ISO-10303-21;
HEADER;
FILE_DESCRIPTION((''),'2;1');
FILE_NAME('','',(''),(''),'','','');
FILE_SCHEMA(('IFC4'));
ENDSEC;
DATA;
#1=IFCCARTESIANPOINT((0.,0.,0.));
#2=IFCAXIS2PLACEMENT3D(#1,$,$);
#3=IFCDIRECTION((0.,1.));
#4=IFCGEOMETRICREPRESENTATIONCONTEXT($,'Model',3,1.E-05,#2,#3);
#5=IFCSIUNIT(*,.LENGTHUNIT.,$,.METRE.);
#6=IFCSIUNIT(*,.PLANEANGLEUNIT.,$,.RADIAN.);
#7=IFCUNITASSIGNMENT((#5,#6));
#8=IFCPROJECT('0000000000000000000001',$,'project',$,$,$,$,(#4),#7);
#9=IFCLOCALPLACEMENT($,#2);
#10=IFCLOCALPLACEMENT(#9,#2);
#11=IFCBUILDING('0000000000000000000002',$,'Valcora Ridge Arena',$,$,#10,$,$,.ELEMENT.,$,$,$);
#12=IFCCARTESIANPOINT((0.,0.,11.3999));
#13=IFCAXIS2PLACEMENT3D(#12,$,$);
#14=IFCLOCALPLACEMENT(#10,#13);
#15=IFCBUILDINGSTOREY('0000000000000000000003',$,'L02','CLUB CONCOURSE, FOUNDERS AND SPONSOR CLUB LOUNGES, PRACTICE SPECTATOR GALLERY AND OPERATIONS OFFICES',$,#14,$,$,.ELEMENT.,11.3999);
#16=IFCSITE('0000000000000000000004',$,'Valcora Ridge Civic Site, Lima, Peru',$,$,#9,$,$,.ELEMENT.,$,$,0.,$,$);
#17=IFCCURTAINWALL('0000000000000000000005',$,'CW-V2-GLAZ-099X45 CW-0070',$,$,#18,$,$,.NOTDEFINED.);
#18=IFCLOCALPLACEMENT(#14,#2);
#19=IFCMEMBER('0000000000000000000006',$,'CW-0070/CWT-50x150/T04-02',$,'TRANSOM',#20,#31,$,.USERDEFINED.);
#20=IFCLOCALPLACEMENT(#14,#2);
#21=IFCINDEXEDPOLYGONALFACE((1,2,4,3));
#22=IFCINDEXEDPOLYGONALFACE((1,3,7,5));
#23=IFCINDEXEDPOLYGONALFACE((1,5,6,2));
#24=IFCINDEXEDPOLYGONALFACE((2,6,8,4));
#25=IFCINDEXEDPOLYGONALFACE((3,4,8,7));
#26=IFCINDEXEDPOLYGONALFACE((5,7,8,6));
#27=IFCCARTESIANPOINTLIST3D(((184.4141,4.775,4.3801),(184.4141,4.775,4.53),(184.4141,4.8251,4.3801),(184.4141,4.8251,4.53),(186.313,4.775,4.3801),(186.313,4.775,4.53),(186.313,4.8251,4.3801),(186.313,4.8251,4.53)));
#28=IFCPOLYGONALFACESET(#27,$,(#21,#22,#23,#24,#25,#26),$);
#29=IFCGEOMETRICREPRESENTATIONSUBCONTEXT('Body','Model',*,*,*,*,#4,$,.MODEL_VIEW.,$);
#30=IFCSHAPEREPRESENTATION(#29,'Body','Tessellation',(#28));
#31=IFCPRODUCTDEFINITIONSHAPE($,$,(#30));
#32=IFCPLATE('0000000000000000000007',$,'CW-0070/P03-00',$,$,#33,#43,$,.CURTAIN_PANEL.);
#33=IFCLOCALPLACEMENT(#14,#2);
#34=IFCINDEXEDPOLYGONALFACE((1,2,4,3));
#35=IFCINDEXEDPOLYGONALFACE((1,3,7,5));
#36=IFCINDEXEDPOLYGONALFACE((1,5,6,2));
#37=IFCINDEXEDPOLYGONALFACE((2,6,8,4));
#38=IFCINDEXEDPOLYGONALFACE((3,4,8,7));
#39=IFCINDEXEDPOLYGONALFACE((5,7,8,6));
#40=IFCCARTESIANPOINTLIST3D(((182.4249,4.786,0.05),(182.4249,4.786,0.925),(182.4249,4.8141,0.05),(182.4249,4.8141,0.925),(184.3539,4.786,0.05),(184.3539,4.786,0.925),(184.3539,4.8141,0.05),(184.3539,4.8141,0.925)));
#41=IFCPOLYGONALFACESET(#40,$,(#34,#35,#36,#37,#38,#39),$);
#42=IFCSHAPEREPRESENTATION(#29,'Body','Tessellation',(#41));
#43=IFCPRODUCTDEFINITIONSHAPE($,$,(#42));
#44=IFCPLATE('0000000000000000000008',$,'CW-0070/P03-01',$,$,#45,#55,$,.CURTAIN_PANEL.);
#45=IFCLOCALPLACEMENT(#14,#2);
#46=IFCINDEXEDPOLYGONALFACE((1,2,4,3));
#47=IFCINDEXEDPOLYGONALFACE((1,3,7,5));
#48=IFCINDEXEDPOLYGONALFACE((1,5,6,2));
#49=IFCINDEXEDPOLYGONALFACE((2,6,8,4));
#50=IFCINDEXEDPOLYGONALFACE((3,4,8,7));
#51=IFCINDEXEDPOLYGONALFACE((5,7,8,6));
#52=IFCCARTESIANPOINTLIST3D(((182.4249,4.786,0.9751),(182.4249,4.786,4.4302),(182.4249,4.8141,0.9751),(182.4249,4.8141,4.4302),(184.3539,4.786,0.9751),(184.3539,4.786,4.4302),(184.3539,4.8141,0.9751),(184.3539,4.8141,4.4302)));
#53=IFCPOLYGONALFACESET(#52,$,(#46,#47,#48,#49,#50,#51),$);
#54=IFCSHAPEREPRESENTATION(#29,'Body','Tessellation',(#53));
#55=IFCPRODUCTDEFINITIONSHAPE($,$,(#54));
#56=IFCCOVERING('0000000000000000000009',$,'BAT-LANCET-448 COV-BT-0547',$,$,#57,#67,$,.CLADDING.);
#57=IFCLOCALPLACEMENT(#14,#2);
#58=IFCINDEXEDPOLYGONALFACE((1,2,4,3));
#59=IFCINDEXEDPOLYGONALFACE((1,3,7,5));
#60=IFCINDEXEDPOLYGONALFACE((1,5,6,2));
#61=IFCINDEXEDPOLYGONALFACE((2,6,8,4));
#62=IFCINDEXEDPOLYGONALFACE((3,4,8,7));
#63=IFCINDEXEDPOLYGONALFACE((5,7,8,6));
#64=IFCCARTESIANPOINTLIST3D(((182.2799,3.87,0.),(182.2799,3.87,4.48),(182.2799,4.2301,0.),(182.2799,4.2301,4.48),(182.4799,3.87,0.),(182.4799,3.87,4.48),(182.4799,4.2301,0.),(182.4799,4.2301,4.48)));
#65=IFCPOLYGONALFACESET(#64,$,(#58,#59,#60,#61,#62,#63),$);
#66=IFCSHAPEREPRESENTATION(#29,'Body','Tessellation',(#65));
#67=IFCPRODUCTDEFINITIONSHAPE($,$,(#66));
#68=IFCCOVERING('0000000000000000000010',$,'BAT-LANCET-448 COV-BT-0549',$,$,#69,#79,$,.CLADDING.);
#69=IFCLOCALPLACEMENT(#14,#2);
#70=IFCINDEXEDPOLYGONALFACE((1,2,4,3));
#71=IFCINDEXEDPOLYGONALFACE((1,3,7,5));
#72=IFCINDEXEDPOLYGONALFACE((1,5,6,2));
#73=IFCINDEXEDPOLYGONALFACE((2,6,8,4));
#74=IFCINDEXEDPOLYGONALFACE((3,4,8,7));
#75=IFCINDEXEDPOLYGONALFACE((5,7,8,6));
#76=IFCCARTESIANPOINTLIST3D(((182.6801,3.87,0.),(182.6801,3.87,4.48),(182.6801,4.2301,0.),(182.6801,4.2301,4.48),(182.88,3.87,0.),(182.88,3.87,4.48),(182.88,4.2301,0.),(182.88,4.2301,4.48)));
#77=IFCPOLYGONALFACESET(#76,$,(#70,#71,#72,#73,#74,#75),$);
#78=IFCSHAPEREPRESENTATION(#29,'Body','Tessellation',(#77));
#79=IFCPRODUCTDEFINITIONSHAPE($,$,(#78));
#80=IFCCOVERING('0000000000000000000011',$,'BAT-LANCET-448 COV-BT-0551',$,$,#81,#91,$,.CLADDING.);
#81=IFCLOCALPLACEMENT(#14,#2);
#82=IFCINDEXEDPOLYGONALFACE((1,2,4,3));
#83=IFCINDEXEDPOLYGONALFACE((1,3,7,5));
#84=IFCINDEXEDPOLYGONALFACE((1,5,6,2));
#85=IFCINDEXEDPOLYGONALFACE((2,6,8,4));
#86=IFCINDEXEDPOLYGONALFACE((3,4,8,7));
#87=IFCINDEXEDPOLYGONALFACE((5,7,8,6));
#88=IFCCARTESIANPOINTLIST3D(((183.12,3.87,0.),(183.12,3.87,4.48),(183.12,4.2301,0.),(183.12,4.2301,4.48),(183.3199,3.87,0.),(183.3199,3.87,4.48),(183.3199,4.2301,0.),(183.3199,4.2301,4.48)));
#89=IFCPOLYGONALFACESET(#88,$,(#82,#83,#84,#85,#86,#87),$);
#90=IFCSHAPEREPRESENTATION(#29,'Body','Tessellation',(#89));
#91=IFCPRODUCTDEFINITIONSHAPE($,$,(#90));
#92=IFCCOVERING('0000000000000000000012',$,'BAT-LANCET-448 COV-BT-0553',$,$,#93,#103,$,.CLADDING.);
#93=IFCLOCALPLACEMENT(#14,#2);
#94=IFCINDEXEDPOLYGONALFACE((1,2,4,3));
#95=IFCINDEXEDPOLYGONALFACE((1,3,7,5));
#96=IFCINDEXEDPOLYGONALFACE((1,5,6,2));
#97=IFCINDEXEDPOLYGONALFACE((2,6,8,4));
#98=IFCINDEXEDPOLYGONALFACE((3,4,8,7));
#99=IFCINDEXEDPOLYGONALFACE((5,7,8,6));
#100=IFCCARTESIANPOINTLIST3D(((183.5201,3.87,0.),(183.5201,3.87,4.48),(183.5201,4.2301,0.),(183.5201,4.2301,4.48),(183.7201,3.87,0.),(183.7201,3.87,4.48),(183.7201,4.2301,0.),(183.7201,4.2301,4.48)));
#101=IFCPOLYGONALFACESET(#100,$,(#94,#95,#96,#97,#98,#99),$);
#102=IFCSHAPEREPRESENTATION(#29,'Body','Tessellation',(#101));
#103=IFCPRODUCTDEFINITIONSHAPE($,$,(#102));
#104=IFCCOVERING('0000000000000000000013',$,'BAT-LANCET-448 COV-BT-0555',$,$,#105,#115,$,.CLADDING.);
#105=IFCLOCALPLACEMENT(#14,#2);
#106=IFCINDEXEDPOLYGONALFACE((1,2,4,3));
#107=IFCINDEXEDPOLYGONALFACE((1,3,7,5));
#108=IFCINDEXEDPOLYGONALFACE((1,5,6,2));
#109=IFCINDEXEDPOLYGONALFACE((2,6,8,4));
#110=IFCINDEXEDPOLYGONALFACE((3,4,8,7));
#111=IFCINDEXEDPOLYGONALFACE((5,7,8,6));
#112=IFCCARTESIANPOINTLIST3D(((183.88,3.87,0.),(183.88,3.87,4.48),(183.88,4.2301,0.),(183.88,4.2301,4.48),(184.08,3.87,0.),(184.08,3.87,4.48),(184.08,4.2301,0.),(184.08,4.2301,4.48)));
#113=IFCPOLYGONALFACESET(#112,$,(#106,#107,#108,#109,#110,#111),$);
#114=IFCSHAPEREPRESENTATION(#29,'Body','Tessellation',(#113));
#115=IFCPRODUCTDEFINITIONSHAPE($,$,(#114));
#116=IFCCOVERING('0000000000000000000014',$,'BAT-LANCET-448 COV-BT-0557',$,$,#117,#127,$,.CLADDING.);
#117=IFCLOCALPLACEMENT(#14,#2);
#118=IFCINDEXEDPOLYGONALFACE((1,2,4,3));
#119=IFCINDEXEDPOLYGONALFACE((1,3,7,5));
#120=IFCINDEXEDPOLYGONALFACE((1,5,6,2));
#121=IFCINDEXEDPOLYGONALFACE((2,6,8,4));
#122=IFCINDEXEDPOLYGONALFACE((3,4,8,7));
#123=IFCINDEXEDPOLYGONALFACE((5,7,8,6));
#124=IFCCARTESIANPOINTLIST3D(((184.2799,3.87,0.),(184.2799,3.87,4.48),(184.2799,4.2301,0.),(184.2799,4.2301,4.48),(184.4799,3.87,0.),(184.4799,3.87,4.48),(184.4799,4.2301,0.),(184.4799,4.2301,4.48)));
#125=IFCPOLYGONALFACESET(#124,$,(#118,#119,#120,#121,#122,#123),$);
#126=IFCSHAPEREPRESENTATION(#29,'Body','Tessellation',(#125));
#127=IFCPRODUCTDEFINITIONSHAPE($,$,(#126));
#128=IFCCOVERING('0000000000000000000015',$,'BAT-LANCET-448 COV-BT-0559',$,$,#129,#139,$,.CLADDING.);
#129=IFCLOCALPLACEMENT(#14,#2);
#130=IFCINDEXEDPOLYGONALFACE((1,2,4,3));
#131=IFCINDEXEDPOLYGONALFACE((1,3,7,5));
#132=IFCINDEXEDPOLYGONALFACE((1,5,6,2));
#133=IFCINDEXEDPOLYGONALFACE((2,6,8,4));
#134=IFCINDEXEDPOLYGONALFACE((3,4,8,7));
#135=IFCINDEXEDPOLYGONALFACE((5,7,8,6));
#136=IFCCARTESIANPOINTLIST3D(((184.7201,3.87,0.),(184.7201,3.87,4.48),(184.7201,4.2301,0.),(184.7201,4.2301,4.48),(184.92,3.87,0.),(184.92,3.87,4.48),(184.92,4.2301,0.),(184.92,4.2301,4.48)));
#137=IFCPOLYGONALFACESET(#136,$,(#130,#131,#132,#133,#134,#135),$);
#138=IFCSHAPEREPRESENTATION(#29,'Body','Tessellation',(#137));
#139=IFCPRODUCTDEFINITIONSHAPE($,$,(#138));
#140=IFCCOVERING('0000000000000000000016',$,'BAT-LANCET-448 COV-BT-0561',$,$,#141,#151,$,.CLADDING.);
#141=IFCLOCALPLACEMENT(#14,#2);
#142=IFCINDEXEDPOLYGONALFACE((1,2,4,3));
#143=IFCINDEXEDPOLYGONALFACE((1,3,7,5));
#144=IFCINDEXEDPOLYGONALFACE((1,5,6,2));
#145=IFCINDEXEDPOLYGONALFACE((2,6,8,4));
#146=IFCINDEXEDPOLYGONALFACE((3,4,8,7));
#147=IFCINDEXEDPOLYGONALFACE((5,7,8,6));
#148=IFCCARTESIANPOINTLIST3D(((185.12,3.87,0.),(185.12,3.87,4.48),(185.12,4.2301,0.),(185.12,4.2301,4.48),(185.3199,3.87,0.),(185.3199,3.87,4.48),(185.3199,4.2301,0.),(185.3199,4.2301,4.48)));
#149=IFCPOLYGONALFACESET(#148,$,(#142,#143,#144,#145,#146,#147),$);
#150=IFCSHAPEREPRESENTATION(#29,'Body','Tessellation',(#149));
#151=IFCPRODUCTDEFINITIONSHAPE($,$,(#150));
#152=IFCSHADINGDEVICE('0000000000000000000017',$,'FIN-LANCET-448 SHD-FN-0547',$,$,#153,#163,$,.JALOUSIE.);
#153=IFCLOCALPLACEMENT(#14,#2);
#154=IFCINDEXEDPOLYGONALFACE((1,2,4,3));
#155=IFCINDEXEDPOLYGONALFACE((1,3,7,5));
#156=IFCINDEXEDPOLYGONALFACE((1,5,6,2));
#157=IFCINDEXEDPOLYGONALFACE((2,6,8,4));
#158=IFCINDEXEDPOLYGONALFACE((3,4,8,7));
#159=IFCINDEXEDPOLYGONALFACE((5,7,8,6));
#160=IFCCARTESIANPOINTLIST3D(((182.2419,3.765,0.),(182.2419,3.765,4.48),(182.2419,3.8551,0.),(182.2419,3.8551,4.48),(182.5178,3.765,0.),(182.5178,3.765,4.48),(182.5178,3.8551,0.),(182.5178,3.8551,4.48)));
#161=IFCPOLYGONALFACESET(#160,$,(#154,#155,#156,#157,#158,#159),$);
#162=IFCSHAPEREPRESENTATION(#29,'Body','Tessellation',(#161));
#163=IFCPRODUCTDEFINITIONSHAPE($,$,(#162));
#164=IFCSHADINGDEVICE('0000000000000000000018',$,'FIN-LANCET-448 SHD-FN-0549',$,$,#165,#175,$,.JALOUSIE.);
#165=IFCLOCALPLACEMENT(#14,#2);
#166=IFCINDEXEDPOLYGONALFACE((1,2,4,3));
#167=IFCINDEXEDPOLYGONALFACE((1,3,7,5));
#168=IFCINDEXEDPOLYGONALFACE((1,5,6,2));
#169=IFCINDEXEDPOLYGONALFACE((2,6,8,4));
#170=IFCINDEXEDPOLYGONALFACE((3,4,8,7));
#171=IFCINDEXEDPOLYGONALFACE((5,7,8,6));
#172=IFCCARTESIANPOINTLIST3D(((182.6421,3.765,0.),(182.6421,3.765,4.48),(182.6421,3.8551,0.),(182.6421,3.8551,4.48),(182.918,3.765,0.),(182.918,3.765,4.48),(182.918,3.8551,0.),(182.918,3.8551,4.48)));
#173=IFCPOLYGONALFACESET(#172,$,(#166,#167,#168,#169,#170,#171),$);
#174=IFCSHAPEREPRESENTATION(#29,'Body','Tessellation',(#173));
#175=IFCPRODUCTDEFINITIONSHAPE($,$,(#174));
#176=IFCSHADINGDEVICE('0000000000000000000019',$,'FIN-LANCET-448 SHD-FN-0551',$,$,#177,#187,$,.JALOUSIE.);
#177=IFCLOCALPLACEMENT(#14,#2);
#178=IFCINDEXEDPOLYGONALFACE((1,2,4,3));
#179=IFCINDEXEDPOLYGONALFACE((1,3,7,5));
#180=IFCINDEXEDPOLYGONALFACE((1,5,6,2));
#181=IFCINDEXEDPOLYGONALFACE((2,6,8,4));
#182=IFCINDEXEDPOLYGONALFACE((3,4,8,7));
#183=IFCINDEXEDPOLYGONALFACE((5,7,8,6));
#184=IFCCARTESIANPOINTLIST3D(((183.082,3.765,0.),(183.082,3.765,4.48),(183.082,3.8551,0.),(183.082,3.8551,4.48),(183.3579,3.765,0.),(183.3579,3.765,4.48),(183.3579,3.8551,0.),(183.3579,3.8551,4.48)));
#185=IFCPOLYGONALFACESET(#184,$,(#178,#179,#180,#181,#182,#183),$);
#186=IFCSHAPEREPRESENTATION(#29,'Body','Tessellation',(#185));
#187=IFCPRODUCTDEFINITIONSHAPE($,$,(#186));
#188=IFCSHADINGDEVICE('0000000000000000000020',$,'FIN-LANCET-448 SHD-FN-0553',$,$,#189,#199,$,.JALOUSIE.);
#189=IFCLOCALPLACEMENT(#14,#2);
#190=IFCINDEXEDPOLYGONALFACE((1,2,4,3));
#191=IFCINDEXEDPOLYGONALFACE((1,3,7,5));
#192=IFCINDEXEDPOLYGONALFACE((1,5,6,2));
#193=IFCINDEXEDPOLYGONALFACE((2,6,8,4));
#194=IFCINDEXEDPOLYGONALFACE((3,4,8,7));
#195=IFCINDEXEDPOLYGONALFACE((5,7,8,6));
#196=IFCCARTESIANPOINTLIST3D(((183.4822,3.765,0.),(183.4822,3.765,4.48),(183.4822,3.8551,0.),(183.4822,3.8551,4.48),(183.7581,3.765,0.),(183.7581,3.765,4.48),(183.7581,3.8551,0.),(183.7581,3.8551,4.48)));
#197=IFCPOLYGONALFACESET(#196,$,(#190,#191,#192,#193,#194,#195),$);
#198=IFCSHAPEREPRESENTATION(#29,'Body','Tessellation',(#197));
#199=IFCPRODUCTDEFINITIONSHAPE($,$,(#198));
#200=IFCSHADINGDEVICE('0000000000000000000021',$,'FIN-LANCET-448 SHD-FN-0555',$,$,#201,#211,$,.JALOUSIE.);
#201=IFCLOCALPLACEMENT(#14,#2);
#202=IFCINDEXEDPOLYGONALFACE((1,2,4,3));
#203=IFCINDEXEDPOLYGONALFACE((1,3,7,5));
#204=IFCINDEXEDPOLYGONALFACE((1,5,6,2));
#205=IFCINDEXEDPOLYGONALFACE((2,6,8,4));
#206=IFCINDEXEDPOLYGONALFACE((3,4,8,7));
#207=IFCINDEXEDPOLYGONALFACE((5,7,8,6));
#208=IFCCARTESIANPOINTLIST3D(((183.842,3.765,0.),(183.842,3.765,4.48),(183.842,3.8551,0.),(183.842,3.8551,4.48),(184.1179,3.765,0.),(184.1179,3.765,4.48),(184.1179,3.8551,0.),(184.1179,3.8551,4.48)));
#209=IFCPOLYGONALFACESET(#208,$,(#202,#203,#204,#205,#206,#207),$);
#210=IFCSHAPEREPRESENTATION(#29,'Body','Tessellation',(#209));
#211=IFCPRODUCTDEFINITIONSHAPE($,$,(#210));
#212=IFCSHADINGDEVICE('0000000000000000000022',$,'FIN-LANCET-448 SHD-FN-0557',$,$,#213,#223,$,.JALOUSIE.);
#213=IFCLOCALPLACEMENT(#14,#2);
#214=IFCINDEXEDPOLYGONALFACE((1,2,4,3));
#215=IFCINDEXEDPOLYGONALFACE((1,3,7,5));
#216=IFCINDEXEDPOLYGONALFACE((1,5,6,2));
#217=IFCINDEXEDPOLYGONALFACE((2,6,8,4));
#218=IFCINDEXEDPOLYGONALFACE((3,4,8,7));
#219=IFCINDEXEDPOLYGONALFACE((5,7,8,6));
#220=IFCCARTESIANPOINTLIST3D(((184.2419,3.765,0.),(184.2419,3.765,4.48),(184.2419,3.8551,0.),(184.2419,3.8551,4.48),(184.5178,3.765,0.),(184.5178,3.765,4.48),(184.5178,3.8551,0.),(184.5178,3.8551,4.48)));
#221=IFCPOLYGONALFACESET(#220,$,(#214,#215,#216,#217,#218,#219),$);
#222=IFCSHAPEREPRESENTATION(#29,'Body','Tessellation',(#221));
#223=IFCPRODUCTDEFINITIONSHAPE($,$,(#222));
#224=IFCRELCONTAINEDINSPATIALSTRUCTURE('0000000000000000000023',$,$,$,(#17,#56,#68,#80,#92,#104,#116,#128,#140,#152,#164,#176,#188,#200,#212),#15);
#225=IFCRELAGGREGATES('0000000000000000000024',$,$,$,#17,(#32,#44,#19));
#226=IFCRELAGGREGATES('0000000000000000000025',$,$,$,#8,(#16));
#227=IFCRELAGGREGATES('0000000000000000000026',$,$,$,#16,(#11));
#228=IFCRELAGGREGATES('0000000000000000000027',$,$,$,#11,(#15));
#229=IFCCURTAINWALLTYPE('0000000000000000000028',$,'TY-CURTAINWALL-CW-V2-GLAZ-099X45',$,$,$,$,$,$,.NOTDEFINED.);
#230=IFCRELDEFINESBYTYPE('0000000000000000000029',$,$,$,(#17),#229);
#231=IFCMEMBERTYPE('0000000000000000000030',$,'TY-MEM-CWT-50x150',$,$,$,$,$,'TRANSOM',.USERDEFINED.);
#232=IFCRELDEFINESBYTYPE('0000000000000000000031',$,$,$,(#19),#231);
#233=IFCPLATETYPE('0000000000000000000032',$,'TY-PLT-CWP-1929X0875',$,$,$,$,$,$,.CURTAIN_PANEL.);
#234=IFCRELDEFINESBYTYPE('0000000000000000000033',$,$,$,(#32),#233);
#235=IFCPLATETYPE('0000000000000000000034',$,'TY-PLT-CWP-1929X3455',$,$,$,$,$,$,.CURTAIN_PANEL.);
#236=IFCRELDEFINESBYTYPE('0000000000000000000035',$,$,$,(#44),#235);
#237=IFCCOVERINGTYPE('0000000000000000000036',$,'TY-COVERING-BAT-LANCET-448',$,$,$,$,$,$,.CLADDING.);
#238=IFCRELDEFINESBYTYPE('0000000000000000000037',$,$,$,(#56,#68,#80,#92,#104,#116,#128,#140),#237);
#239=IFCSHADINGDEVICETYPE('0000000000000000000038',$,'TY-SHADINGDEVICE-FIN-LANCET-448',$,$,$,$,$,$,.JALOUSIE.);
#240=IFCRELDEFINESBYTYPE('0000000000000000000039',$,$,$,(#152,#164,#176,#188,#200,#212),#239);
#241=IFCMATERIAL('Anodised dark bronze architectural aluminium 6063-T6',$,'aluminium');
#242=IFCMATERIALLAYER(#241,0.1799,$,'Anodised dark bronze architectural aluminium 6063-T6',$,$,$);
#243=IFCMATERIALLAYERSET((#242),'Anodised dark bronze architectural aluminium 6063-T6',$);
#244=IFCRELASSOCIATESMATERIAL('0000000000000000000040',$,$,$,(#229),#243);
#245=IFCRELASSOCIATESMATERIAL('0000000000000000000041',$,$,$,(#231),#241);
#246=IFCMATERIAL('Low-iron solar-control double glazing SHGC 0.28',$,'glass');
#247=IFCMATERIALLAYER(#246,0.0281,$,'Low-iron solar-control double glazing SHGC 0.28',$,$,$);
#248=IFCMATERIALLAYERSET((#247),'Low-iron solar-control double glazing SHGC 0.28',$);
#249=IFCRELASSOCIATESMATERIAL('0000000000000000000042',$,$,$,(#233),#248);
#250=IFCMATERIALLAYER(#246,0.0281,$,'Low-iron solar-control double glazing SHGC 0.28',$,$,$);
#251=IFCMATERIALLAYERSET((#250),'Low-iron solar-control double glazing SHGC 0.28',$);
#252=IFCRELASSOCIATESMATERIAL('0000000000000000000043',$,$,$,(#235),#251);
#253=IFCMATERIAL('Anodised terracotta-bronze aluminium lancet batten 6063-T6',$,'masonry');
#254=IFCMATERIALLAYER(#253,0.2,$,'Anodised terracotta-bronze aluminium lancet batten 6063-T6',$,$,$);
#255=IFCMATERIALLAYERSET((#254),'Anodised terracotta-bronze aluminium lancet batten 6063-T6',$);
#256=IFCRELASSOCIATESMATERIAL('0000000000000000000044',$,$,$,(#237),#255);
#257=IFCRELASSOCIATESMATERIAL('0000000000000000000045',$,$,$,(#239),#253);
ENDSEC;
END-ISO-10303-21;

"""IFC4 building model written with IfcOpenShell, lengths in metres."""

from ifc_helpers import new_model, si_unit, direction, frame, origin, origin_2d, place, context, subcontext, project, spatial, rectangle, extrude, material, layer, layer_set, material_profile, profile_set, type_object, element, aggregate, save


model = new_model("IFC4")

# Units and contexts
model_context = context("Model", 3, precision=1e-05, world=origin(), true_north=direction((0.0, 1.0)))
body_context = subcontext(model_context, "Body", "Model", "MODEL_VIEW")
ifc_project = project(units=[si_unit("LENGTHUNIT", "METRE"), si_unit("PLANEANGLEUNIT", "RADIAN")], contexts=[model_context])

# Site, building, storey
site_placement = place(None, origin())
site = spatial("IfcSite", under=ifc_project, at=site_placement, Name="Valcora Ridge Civic Site, Lima, Peru", CompositionType="ELEMENT", RefElevation=0.0)
building_placement = place(site_placement, origin())
building = spatial("IfcBuilding", under=site, at=building_placement, Name="Valcora Ridge Arena", CompositionType="ELEMENT")
storey_placement = place(building_placement, frame((0.0, 0.0, 11.3999)))
storey = spatial("IfcBuildingStorey", under=building, at=storey_placement, Name="L02", Description="CLUB CONCOURSE, FOUNDERS AND SPONSOR CLUB LOUNGES, PRACTICE SPECTATOR GALLERY AND OPERATIONS OFFICES", CompositionType="ELEMENT", Elevation=11.3999)

# Curtain wall, member, plates
ifc_material_1 = material(Name="Anodised dark bronze architectural aluminium 6063-T6", Category="aluminium")
ifc_layer_1 = layer(ifc_material_1, 0.1799, Name="Anodised dark bronze architectural aluminium 6063-T6")
ifc_layer_set_1 = layer_set([ifc_layer_1], Name="Anodised dark bronze architectural aluminium 6063-T6")
curtain_wall_type = type_object("IfcCurtainWallType", Name="TY-CURTAINWALL-CW-V2-GLAZ-099X45", PredefinedType="NOTDEFINED", material=ifc_layer_set_1)
curtain_wall_placement = place(storey_placement, origin())
curtain_wall = element("IfcCurtainWall", 1, at=curtain_wall_placement, inside=storey, type_object=curtain_wall_type, Name="CW-V2-GLAZ-099X45 CW-0070", PredefinedType="NOTDEFINED")
ifc_material_profile_1 = material_profile(ifc_material_1, rectangle(XDim=0.05, YDim=0.1499, at=origin_2d()), Name="ALU TRANSOM 50x150")
ifc_profile_set_1 = profile_set([ifc_material_profile_1], Name="Anodised dark bronze architectural aluminium 6063-T6")
member_type_1 = type_object("IfcMemberType", Name="TY-MEM-CWT-50x150", ElementType="TRANSOM", PredefinedType="USERDEFINED", material=ifc_profile_set_1)
member_1_placement = place(storey_placement, frame((184.4141, 4.8, 4.4551), z_axis=(1.0, 0.0, 0.0), x_axis=(0.0, 1.0, 0.0)))
member_1 = element("IfcMember", 2, at=member_1_placement, type_object=member_type_1, Name="CW-0070/CWT-50x150/T04-02", ObjectType="TRANSOM", PredefinedType="USERDEFINED", context=body_context, shape_type="SweptSolid", body=[
    extrude(rectangle(XDim=0.05, YDim=0.1499, at=origin_2d()), origin(), (0.0, 0.0, 1.0), 1.8989),
])
ifc_material_2 = material(Name="Low-iron solar-control double glazing SHGC 0.28", Category="glass")
ifc_layer_2 = layer(ifc_material_2, 0.0281, Name="Low-iron solar-control double glazing SHGC 0.28")
ifc_layer_set_2 = layer_set([ifc_layer_2], Name="Low-iron solar-control double glazing SHGC 0.28")
plate_type_1 = type_object("IfcPlateType", Name="TY-PLT-CWP-1929X0875", PredefinedType="CURTAIN_PANEL", material=ifc_layer_set_2)
plate_1_placement = place(storey_placement, frame((183.3894, 4.8, 0.05), z_axis=(0.0, 0.0, 1.0), x_axis=(1.0, 0.0, 0.0)))
plate_1 = element("IfcPlate", 3, at=plate_1_placement, type_object=plate_type_1, Name="CW-0070/P03-00", PredefinedType="CURTAIN_PANEL", context=body_context, shape_type="SweptSolid", body=[
    extrude(rectangle(XDim=1.929, YDim=0.0281, at=origin_2d()), origin(), (0.0, 0.0, 1.0), 0.875),
])
ifc_layer_3 = layer(ifc_material_2, 0.0281, Name="Low-iron solar-control double glazing SHGC 0.28")
ifc_layer_set_3 = layer_set([ifc_layer_3], Name="Low-iron solar-control double glazing SHGC 0.28")
plate_type_2 = type_object("IfcPlateType", Name="TY-PLT-CWP-1929X3455", PredefinedType="CURTAIN_PANEL", material=ifc_layer_set_3)
plate_2_placement = place(storey_placement, frame((183.3894, 4.8, 0.9751), z_axis=(0.0, 0.0, 1.0), x_axis=(1.0, 0.0, 0.0)))
plate_2 = element("IfcPlate", 4, at=plate_2_placement, type_object=plate_type_2, Name="CW-0070/P03-01", PredefinedType="CURTAIN_PANEL", context=body_context, shape_type="SweptSolid", body=[
    extrude(rectangle(XDim=1.929, YDim=0.0281, at=origin_2d()), origin(), (0.0, 0.0, 1.0), 3.4551),
])
aggregate(curtain_wall, [plate_1, plate_2, member_1])

# Coverings
ifc_material_3 = material(Name="Anodised terracotta-bronze aluminium lancet batten 6063-T6", Category="masonry")
ifc_layer_4 = layer(ifc_material_3, 0.2, Name="Anodised terracotta-bronze aluminium lancet batten 6063-T6")
ifc_layer_set_4 = layer_set([ifc_layer_4], Name="Anodised terracotta-bronze aluminium lancet batten 6063-T6")
covering_type = type_object("IfcCoveringType", Name="TY-COVERING-BAT-LANCET-448", PredefinedType="CLADDING", material=ifc_layer_set_4)
for number, where, z_axis, x_axis, name in (
    (5, (182.3799, 4.05, 0.0), (0.0, 0.0, 1.0), (1.0, 0.0, 0.0), "BAT-LANCET-448 COV-BT-0547"),
    (6, (182.78, 4.05, 0.0), (0.0, 0.0, 1.0), (1.0, 0.0, 0.0), "BAT-LANCET-448 COV-BT-0549"),
    (7, (183.22, 4.05, 0.0), (0.0, 0.0, 1.0), (1.0, 0.0, 0.0), "BAT-LANCET-448 COV-BT-0551"),
    (8, (183.6201, 4.05, 0.0), (0.0, 0.0, 1.0), (1.0, 0.0, 0.0), "BAT-LANCET-448 COV-BT-0553"),
    (9, (183.98, 4.05, 0.0), (0.0, 0.0, 1.0), (1.0, 0.0, 0.0), "BAT-LANCET-448 COV-BT-0555"),
    (10, (184.3799, 4.05, 0.0), (0.0, 0.0, 1.0), (1.0, 0.0, 0.0), "BAT-LANCET-448 COV-BT-0557"),
    (11, (184.8201, 4.05, 0.0), (0.0, 0.0, 1.0), (1.0, 0.0, 0.0), "BAT-LANCET-448 COV-BT-0559"),
    (12, (185.22, 4.05, 0.0), (0.0, 0.0, 1.0), (1.0, 0.0, 0.0), "BAT-LANCET-448 COV-BT-0561"),
):
    element("IfcCovering", number, at=place(storey_placement, frame(where, z_axis=z_axis, x_axis=x_axis)), inside=storey, type_object=covering_type, Name=name, PredefinedType="CLADDING", context=body_context, shape_type="SweptSolid", body=[
        extrude(rectangle(XDim=0.2, YDim=0.3601, at=origin_2d()), origin(), (0.0, 0.0, 1.0), 4.48),
    ])

# Shading devices
ifc_material_profile_2 = material_profile(ifc_material_3, rectangle(XDim=0.0901, YDim=0.2759, at=origin_2d()), Name="ALU LANCET BATTEN 90x276")
ifc_profile_set_2 = profile_set([ifc_material_profile_2], Name="Anodised terracotta-bronze aluminium lancet batten 6063-T6")
shading_device_type = type_object("IfcShadingDeviceType", Name="TY-SHADINGDEVICE-FIN-LANCET-448", PredefinedType="JALOUSIE", material=ifc_profile_set_2)
for number, where, z_axis, x_axis, name in (
    (13, (182.3799, 3.8101, 0.0), (0.0, 0.0, 1.0), (0.0, 1.0, 0.0), "FIN-LANCET-448 SHD-FN-0547"),
    (14, (182.78, 3.8101, 0.0), (0.0, 0.0, 1.0), (0.0, 1.0, 0.0), "FIN-LANCET-448 SHD-FN-0549"),
    (15, (183.22, 3.8101, 0.0), (0.0, 0.0, 1.0), (0.0, 1.0, 0.0), "FIN-LANCET-448 SHD-FN-0551"),
    (16, (183.6201, 3.8101, 0.0), (0.0, 0.0, 1.0), (0.0, 1.0, 0.0), "FIN-LANCET-448 SHD-FN-0553"),
    (17, (183.98, 3.8101, 0.0), (0.0, 0.0, 1.0), (0.0, 1.0, 0.0), "FIN-LANCET-448 SHD-FN-0555"),
    (18, (184.3799, 3.8101, 0.0), (0.0, 0.0, 1.0), (0.0, 1.0, 0.0), "FIN-LANCET-448 SHD-FN-0557"),
):
    element("IfcShadingDevice", number, at=place(storey_placement, frame(where, z_axis=z_axis, x_axis=x_axis)), inside=storey, type_object=shading_device_type, Name=name, PredefinedType="JALOUSIE", context=body_context, shape_type="SweptSolid", body=[
        extrude(rectangle(XDim=0.0901, YDim=0.2759, at=origin_2d()), origin(), (0.0, 0.0, 1.0), 4.48),
    ])

save(model, "model.ifc")
